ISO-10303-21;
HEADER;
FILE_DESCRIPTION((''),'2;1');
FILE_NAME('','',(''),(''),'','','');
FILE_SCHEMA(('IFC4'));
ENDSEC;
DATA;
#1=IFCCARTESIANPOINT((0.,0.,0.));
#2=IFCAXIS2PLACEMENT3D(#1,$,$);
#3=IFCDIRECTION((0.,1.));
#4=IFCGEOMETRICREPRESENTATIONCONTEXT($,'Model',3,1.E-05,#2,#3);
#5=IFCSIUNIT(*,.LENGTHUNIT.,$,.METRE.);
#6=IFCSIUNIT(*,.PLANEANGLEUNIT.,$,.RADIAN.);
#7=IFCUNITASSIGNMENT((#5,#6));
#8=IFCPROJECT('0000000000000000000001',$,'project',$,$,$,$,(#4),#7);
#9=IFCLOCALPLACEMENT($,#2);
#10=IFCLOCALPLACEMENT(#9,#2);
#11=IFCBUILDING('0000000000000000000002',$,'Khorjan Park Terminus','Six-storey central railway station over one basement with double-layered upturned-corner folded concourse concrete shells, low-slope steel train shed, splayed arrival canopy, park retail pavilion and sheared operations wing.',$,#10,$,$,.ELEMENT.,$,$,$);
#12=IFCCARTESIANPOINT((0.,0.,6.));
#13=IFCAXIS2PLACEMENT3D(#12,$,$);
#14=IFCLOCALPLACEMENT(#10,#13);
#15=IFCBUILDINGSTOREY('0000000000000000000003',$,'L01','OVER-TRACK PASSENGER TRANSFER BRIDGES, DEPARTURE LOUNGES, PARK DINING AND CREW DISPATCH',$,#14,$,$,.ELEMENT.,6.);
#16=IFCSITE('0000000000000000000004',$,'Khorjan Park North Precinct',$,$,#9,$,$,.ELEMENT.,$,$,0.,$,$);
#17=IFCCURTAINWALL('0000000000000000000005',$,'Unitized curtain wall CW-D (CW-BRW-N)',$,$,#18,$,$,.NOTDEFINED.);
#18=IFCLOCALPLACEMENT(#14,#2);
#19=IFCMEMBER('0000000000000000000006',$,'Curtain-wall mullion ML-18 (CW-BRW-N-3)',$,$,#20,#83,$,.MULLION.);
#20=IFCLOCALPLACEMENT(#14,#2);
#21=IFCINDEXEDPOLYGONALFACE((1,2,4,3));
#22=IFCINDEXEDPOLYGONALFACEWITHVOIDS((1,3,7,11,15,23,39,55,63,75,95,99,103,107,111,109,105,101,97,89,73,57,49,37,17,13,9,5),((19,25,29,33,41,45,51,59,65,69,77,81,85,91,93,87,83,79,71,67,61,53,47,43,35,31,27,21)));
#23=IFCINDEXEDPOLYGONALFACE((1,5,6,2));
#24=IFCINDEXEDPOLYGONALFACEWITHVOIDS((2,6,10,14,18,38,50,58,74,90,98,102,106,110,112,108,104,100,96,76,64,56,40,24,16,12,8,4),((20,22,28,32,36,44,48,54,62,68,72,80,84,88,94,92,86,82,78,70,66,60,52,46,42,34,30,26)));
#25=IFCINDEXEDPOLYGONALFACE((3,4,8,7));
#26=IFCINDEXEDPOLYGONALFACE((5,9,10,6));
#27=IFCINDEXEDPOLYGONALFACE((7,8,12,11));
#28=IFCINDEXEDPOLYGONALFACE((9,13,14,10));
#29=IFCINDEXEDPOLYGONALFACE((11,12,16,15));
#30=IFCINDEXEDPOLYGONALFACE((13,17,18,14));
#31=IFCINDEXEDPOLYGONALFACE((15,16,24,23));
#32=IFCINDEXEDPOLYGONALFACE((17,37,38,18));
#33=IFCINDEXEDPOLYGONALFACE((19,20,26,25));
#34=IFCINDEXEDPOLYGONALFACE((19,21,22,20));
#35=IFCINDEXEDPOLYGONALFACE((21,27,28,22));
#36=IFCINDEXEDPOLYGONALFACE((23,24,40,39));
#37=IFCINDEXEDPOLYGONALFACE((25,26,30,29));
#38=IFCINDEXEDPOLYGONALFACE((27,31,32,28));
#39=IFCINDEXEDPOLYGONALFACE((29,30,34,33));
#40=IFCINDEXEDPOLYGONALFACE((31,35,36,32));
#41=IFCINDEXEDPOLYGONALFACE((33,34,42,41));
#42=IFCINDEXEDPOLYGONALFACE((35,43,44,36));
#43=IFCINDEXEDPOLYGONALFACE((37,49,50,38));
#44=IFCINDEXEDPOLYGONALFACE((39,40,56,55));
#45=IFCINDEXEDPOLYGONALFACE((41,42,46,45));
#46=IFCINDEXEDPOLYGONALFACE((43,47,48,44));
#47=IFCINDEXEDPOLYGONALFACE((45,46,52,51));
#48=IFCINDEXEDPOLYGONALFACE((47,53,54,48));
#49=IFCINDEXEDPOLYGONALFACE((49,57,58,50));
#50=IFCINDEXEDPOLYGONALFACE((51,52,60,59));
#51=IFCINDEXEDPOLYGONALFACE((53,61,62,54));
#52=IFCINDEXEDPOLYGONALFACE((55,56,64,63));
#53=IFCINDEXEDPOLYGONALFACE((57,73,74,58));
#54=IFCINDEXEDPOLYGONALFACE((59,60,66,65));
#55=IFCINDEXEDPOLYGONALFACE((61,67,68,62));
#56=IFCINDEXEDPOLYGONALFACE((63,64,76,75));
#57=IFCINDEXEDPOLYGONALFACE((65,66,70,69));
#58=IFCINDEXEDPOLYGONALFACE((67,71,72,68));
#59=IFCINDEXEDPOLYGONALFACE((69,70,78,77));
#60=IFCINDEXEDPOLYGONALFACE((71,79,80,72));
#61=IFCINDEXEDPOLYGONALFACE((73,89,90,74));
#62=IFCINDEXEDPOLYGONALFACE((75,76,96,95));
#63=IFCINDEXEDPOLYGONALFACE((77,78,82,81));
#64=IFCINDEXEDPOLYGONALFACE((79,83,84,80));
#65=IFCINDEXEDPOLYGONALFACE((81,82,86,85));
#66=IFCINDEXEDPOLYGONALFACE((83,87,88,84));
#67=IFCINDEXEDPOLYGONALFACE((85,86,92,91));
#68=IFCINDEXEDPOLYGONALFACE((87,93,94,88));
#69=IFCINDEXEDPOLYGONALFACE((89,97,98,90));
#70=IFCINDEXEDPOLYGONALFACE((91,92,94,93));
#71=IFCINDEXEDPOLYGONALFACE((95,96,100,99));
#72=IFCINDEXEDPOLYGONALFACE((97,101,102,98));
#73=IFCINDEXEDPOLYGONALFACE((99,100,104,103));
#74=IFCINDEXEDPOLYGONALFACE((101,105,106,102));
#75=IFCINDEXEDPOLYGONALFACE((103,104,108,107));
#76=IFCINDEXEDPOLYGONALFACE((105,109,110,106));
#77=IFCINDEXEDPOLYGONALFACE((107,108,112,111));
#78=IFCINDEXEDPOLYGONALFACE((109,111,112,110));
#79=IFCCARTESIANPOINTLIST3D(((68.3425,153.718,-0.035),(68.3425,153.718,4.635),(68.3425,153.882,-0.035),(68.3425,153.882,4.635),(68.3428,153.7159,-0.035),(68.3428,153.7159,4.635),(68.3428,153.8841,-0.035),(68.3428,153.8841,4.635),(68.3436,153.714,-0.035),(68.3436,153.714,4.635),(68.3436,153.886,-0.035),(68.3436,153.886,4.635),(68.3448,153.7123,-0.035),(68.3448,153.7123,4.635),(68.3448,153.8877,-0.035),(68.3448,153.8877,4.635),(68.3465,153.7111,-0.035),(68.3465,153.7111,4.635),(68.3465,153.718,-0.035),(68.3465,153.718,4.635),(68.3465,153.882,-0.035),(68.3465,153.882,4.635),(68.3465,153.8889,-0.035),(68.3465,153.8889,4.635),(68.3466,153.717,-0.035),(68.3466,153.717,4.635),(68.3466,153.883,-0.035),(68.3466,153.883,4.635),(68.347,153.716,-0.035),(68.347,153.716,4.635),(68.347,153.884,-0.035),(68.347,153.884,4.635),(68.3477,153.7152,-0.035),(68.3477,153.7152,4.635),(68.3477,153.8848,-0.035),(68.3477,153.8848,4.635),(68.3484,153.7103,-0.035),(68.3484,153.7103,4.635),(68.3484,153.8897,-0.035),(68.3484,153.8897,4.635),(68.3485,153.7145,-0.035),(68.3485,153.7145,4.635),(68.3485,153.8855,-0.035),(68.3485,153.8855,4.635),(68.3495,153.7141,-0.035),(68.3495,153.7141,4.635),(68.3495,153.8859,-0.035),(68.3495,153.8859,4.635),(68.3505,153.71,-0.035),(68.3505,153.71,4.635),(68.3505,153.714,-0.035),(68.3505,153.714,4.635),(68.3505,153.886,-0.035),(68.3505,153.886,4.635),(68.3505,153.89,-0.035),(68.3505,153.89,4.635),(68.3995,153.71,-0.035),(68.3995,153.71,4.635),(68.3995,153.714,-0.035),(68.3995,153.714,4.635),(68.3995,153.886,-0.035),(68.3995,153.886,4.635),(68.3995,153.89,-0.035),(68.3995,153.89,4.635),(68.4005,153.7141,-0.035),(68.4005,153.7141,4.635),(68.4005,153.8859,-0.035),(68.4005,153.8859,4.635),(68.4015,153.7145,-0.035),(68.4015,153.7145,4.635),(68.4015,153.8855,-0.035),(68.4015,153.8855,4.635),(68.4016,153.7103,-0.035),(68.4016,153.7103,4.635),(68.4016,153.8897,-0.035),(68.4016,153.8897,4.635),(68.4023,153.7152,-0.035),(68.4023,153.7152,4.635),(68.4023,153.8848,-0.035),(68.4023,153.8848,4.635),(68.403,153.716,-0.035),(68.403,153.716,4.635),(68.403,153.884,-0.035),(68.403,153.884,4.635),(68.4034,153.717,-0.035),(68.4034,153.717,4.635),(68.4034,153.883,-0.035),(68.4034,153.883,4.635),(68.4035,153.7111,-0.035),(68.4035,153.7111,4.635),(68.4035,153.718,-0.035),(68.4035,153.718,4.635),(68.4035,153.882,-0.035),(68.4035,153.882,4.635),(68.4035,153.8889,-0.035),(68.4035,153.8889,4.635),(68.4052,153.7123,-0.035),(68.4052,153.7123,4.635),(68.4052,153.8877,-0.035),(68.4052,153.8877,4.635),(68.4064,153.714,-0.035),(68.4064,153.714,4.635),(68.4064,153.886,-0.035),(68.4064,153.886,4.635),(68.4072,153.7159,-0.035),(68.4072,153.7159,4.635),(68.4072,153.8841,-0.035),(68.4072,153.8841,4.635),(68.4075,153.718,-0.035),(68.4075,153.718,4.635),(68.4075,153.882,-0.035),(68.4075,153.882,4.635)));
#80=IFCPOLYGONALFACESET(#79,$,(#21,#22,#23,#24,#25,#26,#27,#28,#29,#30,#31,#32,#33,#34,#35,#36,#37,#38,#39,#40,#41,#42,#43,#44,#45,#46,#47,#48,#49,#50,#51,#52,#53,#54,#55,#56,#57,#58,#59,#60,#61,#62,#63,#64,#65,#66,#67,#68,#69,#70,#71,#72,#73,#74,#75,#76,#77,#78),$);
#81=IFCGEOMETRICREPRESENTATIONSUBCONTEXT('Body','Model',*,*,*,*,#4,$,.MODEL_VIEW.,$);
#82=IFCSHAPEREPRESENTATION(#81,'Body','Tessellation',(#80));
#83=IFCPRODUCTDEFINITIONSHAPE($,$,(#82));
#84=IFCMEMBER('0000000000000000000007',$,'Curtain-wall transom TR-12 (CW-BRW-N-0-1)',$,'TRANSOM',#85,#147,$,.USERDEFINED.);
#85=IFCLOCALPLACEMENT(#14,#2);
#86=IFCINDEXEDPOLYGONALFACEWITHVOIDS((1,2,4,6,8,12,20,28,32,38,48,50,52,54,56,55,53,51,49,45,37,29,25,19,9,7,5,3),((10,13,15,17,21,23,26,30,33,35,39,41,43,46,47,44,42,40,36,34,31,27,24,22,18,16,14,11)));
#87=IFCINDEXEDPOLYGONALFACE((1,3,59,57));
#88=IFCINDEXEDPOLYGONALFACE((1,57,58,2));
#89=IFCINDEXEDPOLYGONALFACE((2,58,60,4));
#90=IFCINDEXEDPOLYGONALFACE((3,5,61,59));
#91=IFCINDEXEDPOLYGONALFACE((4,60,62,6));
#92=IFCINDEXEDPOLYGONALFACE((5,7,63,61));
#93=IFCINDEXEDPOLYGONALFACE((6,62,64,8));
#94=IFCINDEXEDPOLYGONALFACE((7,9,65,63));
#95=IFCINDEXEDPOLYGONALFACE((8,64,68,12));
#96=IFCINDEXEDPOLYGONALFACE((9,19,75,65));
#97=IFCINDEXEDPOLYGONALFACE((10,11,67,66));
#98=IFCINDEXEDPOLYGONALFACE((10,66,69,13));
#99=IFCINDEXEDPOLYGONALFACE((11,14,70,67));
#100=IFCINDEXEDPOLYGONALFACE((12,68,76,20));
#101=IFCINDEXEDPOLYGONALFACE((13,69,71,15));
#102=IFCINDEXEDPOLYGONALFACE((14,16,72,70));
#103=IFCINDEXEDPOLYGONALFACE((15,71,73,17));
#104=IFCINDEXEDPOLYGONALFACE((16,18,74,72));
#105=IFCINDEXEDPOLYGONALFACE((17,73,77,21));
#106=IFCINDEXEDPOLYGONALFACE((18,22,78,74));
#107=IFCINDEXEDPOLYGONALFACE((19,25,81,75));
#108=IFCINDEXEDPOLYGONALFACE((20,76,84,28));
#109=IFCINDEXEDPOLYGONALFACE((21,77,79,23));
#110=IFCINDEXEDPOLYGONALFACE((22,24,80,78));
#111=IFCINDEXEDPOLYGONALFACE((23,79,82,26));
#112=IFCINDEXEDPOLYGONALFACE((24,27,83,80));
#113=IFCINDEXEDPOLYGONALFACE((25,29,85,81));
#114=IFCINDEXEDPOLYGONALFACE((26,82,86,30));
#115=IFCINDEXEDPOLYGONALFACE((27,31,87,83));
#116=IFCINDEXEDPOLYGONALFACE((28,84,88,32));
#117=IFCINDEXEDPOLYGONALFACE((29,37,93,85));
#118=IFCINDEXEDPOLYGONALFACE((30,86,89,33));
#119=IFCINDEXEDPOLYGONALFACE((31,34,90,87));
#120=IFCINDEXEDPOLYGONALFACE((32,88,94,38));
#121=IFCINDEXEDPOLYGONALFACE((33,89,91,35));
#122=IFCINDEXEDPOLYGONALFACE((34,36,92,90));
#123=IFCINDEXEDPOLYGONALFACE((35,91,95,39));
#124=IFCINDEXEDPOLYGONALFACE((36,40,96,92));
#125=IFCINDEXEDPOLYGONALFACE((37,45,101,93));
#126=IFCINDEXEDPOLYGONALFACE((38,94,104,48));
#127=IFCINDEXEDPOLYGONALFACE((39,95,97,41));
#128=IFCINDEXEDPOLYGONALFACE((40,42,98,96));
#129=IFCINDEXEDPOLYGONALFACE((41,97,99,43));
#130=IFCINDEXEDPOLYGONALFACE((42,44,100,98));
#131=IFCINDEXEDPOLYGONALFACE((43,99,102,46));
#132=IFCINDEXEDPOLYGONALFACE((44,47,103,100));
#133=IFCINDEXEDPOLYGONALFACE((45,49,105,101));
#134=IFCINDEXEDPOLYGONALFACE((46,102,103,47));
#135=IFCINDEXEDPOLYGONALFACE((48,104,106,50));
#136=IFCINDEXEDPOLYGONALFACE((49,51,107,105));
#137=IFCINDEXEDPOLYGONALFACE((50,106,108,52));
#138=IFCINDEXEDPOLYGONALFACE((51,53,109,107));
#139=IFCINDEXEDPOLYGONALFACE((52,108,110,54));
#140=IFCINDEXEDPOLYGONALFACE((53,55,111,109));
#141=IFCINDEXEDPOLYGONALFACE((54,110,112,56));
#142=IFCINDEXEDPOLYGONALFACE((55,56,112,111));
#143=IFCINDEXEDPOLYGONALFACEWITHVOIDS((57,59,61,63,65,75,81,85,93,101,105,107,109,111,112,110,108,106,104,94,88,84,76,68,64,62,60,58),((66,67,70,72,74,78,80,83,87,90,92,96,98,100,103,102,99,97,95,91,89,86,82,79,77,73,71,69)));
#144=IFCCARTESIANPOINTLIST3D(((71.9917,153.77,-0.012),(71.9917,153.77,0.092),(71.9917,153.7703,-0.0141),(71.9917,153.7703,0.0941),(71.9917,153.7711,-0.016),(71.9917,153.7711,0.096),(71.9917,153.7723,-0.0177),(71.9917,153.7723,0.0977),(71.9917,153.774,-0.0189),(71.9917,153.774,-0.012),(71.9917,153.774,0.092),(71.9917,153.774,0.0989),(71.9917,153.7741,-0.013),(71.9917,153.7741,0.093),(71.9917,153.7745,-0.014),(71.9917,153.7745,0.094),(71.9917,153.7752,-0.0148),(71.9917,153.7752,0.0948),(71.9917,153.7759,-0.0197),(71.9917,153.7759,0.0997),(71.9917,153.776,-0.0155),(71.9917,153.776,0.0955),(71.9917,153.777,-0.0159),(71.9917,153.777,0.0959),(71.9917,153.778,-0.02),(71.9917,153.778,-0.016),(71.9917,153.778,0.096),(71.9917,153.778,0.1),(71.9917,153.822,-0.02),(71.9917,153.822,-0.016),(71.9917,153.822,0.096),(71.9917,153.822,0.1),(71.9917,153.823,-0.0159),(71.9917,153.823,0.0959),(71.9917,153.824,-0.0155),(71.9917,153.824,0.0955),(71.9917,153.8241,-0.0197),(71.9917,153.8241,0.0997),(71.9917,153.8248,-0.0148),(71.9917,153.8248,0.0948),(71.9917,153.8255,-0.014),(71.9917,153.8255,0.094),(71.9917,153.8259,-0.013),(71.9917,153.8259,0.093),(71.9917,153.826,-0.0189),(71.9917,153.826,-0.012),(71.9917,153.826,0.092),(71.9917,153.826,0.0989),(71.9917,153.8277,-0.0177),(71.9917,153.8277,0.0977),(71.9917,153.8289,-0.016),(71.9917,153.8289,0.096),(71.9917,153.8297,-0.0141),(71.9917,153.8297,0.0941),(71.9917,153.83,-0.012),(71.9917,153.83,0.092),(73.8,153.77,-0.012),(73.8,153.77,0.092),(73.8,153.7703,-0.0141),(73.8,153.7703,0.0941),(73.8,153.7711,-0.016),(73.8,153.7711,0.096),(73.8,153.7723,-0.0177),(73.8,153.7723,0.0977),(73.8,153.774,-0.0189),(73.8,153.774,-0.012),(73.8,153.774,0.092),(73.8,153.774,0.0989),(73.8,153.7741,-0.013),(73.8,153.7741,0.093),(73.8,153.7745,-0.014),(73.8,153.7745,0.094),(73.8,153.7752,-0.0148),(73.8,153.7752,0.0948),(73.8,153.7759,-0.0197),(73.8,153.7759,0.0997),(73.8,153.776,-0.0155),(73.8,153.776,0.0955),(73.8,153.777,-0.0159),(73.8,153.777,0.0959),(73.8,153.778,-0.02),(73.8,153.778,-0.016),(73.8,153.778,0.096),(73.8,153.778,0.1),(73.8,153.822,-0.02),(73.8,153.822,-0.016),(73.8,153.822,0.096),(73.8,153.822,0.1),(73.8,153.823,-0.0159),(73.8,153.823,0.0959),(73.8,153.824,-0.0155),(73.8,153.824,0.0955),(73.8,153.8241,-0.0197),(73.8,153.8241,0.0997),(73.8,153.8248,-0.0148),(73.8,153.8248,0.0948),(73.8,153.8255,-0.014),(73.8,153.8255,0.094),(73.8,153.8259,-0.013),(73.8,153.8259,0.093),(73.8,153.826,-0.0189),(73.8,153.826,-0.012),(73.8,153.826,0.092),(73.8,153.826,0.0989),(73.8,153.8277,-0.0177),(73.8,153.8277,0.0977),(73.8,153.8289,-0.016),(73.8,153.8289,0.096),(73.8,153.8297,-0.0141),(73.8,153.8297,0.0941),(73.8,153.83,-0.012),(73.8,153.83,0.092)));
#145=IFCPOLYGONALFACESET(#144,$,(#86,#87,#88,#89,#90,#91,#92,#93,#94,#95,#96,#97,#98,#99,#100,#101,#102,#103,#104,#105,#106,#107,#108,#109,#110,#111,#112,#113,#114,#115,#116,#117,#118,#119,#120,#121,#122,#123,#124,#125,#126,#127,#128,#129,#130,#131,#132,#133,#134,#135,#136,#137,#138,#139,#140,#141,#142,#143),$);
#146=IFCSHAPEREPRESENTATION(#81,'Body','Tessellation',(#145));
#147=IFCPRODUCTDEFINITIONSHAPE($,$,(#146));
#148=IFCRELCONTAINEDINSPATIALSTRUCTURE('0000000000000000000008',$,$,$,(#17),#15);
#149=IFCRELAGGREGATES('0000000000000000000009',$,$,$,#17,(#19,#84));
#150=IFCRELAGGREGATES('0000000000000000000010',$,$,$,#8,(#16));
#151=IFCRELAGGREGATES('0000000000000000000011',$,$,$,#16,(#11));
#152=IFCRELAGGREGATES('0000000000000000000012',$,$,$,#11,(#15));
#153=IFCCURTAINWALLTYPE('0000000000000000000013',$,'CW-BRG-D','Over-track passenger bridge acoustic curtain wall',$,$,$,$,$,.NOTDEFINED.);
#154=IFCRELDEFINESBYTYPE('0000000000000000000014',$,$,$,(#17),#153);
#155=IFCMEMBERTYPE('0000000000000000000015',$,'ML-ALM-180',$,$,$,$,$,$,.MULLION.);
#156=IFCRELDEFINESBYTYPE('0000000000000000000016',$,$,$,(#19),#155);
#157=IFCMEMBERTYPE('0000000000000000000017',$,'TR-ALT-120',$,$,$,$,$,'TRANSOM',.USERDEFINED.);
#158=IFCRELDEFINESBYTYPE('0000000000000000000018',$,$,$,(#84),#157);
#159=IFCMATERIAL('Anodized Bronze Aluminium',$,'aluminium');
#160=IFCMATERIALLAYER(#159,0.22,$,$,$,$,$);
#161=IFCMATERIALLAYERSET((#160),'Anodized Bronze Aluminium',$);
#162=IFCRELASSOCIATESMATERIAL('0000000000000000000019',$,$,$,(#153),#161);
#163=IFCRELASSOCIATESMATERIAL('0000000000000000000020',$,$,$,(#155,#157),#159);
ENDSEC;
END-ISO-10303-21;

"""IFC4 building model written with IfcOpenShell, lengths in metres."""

from ifc_helpers import new_model, si_unit, direction, frame, origin, origin_2d, place, context, subcontext, project, spatial, hollow_rectangle, extrude, material, layer, layer_set, material_profile, profile_set, type_object, element, aggregate, save


model = new_model("IFC4")

# Units and contexts
model_context = context("Model", 3, precision=1e-05, world=origin(), true_north=direction((0.0, 1.0)))
body_context = subcontext(model_context, "Body", "Model", "MODEL_VIEW")
ifc_project = project(units=[si_unit("LENGTHUNIT", "METRE"), si_unit("PLANEANGLEUNIT", "RADIAN")], contexts=[model_context])

# Site, building, storey
site_placement = place(None, origin())
site = spatial("IfcSite", under=ifc_project, at=site_placement, Name="Khorjan Park North Precinct", CompositionType="ELEMENT", RefElevation=0.0)
building_placement = place(site_placement, origin())
building = spatial("IfcBuilding", under=site, at=building_placement, Name="Khorjan Park Terminus", Description="Six-storey central railway station over one basement with double-layered upturned-corner folded concourse concrete shells, low-slope steel train shed, splayed arrival canopy, park retail pavilion and sheared operations wing.", CompositionType="ELEMENT")
storey_placement = place(building_placement, frame((0.0, 0.0, 6.0)))
storey = spatial("IfcBuildingStorey", under=building, at=storey_placement, Name="L01", Description="OVER-TRACK PASSENGER TRANSFER BRIDGES, DEPARTURE LOUNGES, PARK DINING AND CREW DISPATCH", CompositionType="ELEMENT", Elevation=6.0)

# Curtain wall, members
ifc_material_1 = material(Name="Anodized Bronze Aluminium", Category="aluminium")
ifc_layer_1 = layer(ifc_material_1, 0.22)
ifc_layer_set_1 = layer_set([ifc_layer_1], Name="Anodized Bronze Aluminium")
curtain_wall_type = type_object("IfcCurtainWallType", Name="CW-BRG-D", Description="Over-track passenger bridge acoustic curtain wall", PredefinedType="NOTDEFINED", material=ifc_layer_set_1)
curtain_wall_placement = place(storey_placement, origin())
curtain_wall = element("IfcCurtainWall", 1, at=curtain_wall_placement, inside=storey, type_object=curtain_wall_type, Name="Unitized curtain wall CW-D (CW-BRW-N)", PredefinedType="NOTDEFINED")
ifc_material_profile_1 = material_profile(ifc_material_1, hollow_rectangle(XDim=0.065, YDim=0.18, WallThickness=0.004, InnerFilletRadius=0.004, OuterFilletRadius=0.008, at=origin_2d()), Name="ALM 65x180x4")
ifc_profile_set_1 = profile_set([ifc_material_profile_1], Name="Anodized Bronze Aluminium")
member_type_1 = type_object("IfcMemberType", Name="ML-ALM-180", PredefinedType="MULLION", material=ifc_profile_set_1)
member_1_placement = place(storey_placement, frame((68.375, 153.8, -0.035), z_axis=(0.0, 0.0, 1.0), x_axis=(-1.0, 0.0, 0.0)))
member_1 = element("IfcMember", 2, at=member_1_placement, type_object=member_type_1, Name="Curtain-wall mullion ML-18 (CW-BRW-N-3)", PredefinedType="MULLION", context=body_context, shape_type="SweptSolid", body=[
    extrude(hollow_rectangle(XDim=0.065, YDim=0.18, WallThickness=0.004, InnerFilletRadius=0.004, OuterFilletRadius=0.008, at=origin_2d()), origin(), (0.0, 0.0, 1.0), 4.67),
])
ifc_material_profile_2 = material_profile(ifc_material_1, hollow_rectangle(XDim=0.06, YDim=0.12, WallThickness=0.004, InnerFilletRadius=0.004, OuterFilletRadius=0.008, at=origin_2d()), Name="ALT 60x120x4")
ifc_profile_set_2 = profile_set([ifc_material_profile_2], Name="Anodized Bronze Aluminium")
member_type_2 = type_object("IfcMemberType", Name="TR-ALT-120", ElementType="TRANSOM", PredefinedType="USERDEFINED", material=ifc_profile_set_2)
member_2_placement = place(storey_placement, frame((73.8, 153.8, 0.04), z_axis=(-1.0, 0.0, 0.0), x_axis=(0.0, -1.0, 0.0)))
member_2 = element("IfcMember", 3, at=member_2_placement, type_object=member_type_2, Name="Curtain-wall transom TR-12 (CW-BRW-N-0-1)", ObjectType="TRANSOM", PredefinedType="USERDEFINED", context=body_context, shape_type="SweptSolid", body=[
    extrude(hollow_rectangle(XDim=0.06, YDim=0.12, WallThickness=0.004, InnerFilletRadius=0.004, OuterFilletRadius=0.008, at=origin_2d()), origin(), (0.0, 0.0, 1.0), 1.8083),
])
aggregate(curtain_wall, [member_1, member_2])

save(model, "model.ifc")
